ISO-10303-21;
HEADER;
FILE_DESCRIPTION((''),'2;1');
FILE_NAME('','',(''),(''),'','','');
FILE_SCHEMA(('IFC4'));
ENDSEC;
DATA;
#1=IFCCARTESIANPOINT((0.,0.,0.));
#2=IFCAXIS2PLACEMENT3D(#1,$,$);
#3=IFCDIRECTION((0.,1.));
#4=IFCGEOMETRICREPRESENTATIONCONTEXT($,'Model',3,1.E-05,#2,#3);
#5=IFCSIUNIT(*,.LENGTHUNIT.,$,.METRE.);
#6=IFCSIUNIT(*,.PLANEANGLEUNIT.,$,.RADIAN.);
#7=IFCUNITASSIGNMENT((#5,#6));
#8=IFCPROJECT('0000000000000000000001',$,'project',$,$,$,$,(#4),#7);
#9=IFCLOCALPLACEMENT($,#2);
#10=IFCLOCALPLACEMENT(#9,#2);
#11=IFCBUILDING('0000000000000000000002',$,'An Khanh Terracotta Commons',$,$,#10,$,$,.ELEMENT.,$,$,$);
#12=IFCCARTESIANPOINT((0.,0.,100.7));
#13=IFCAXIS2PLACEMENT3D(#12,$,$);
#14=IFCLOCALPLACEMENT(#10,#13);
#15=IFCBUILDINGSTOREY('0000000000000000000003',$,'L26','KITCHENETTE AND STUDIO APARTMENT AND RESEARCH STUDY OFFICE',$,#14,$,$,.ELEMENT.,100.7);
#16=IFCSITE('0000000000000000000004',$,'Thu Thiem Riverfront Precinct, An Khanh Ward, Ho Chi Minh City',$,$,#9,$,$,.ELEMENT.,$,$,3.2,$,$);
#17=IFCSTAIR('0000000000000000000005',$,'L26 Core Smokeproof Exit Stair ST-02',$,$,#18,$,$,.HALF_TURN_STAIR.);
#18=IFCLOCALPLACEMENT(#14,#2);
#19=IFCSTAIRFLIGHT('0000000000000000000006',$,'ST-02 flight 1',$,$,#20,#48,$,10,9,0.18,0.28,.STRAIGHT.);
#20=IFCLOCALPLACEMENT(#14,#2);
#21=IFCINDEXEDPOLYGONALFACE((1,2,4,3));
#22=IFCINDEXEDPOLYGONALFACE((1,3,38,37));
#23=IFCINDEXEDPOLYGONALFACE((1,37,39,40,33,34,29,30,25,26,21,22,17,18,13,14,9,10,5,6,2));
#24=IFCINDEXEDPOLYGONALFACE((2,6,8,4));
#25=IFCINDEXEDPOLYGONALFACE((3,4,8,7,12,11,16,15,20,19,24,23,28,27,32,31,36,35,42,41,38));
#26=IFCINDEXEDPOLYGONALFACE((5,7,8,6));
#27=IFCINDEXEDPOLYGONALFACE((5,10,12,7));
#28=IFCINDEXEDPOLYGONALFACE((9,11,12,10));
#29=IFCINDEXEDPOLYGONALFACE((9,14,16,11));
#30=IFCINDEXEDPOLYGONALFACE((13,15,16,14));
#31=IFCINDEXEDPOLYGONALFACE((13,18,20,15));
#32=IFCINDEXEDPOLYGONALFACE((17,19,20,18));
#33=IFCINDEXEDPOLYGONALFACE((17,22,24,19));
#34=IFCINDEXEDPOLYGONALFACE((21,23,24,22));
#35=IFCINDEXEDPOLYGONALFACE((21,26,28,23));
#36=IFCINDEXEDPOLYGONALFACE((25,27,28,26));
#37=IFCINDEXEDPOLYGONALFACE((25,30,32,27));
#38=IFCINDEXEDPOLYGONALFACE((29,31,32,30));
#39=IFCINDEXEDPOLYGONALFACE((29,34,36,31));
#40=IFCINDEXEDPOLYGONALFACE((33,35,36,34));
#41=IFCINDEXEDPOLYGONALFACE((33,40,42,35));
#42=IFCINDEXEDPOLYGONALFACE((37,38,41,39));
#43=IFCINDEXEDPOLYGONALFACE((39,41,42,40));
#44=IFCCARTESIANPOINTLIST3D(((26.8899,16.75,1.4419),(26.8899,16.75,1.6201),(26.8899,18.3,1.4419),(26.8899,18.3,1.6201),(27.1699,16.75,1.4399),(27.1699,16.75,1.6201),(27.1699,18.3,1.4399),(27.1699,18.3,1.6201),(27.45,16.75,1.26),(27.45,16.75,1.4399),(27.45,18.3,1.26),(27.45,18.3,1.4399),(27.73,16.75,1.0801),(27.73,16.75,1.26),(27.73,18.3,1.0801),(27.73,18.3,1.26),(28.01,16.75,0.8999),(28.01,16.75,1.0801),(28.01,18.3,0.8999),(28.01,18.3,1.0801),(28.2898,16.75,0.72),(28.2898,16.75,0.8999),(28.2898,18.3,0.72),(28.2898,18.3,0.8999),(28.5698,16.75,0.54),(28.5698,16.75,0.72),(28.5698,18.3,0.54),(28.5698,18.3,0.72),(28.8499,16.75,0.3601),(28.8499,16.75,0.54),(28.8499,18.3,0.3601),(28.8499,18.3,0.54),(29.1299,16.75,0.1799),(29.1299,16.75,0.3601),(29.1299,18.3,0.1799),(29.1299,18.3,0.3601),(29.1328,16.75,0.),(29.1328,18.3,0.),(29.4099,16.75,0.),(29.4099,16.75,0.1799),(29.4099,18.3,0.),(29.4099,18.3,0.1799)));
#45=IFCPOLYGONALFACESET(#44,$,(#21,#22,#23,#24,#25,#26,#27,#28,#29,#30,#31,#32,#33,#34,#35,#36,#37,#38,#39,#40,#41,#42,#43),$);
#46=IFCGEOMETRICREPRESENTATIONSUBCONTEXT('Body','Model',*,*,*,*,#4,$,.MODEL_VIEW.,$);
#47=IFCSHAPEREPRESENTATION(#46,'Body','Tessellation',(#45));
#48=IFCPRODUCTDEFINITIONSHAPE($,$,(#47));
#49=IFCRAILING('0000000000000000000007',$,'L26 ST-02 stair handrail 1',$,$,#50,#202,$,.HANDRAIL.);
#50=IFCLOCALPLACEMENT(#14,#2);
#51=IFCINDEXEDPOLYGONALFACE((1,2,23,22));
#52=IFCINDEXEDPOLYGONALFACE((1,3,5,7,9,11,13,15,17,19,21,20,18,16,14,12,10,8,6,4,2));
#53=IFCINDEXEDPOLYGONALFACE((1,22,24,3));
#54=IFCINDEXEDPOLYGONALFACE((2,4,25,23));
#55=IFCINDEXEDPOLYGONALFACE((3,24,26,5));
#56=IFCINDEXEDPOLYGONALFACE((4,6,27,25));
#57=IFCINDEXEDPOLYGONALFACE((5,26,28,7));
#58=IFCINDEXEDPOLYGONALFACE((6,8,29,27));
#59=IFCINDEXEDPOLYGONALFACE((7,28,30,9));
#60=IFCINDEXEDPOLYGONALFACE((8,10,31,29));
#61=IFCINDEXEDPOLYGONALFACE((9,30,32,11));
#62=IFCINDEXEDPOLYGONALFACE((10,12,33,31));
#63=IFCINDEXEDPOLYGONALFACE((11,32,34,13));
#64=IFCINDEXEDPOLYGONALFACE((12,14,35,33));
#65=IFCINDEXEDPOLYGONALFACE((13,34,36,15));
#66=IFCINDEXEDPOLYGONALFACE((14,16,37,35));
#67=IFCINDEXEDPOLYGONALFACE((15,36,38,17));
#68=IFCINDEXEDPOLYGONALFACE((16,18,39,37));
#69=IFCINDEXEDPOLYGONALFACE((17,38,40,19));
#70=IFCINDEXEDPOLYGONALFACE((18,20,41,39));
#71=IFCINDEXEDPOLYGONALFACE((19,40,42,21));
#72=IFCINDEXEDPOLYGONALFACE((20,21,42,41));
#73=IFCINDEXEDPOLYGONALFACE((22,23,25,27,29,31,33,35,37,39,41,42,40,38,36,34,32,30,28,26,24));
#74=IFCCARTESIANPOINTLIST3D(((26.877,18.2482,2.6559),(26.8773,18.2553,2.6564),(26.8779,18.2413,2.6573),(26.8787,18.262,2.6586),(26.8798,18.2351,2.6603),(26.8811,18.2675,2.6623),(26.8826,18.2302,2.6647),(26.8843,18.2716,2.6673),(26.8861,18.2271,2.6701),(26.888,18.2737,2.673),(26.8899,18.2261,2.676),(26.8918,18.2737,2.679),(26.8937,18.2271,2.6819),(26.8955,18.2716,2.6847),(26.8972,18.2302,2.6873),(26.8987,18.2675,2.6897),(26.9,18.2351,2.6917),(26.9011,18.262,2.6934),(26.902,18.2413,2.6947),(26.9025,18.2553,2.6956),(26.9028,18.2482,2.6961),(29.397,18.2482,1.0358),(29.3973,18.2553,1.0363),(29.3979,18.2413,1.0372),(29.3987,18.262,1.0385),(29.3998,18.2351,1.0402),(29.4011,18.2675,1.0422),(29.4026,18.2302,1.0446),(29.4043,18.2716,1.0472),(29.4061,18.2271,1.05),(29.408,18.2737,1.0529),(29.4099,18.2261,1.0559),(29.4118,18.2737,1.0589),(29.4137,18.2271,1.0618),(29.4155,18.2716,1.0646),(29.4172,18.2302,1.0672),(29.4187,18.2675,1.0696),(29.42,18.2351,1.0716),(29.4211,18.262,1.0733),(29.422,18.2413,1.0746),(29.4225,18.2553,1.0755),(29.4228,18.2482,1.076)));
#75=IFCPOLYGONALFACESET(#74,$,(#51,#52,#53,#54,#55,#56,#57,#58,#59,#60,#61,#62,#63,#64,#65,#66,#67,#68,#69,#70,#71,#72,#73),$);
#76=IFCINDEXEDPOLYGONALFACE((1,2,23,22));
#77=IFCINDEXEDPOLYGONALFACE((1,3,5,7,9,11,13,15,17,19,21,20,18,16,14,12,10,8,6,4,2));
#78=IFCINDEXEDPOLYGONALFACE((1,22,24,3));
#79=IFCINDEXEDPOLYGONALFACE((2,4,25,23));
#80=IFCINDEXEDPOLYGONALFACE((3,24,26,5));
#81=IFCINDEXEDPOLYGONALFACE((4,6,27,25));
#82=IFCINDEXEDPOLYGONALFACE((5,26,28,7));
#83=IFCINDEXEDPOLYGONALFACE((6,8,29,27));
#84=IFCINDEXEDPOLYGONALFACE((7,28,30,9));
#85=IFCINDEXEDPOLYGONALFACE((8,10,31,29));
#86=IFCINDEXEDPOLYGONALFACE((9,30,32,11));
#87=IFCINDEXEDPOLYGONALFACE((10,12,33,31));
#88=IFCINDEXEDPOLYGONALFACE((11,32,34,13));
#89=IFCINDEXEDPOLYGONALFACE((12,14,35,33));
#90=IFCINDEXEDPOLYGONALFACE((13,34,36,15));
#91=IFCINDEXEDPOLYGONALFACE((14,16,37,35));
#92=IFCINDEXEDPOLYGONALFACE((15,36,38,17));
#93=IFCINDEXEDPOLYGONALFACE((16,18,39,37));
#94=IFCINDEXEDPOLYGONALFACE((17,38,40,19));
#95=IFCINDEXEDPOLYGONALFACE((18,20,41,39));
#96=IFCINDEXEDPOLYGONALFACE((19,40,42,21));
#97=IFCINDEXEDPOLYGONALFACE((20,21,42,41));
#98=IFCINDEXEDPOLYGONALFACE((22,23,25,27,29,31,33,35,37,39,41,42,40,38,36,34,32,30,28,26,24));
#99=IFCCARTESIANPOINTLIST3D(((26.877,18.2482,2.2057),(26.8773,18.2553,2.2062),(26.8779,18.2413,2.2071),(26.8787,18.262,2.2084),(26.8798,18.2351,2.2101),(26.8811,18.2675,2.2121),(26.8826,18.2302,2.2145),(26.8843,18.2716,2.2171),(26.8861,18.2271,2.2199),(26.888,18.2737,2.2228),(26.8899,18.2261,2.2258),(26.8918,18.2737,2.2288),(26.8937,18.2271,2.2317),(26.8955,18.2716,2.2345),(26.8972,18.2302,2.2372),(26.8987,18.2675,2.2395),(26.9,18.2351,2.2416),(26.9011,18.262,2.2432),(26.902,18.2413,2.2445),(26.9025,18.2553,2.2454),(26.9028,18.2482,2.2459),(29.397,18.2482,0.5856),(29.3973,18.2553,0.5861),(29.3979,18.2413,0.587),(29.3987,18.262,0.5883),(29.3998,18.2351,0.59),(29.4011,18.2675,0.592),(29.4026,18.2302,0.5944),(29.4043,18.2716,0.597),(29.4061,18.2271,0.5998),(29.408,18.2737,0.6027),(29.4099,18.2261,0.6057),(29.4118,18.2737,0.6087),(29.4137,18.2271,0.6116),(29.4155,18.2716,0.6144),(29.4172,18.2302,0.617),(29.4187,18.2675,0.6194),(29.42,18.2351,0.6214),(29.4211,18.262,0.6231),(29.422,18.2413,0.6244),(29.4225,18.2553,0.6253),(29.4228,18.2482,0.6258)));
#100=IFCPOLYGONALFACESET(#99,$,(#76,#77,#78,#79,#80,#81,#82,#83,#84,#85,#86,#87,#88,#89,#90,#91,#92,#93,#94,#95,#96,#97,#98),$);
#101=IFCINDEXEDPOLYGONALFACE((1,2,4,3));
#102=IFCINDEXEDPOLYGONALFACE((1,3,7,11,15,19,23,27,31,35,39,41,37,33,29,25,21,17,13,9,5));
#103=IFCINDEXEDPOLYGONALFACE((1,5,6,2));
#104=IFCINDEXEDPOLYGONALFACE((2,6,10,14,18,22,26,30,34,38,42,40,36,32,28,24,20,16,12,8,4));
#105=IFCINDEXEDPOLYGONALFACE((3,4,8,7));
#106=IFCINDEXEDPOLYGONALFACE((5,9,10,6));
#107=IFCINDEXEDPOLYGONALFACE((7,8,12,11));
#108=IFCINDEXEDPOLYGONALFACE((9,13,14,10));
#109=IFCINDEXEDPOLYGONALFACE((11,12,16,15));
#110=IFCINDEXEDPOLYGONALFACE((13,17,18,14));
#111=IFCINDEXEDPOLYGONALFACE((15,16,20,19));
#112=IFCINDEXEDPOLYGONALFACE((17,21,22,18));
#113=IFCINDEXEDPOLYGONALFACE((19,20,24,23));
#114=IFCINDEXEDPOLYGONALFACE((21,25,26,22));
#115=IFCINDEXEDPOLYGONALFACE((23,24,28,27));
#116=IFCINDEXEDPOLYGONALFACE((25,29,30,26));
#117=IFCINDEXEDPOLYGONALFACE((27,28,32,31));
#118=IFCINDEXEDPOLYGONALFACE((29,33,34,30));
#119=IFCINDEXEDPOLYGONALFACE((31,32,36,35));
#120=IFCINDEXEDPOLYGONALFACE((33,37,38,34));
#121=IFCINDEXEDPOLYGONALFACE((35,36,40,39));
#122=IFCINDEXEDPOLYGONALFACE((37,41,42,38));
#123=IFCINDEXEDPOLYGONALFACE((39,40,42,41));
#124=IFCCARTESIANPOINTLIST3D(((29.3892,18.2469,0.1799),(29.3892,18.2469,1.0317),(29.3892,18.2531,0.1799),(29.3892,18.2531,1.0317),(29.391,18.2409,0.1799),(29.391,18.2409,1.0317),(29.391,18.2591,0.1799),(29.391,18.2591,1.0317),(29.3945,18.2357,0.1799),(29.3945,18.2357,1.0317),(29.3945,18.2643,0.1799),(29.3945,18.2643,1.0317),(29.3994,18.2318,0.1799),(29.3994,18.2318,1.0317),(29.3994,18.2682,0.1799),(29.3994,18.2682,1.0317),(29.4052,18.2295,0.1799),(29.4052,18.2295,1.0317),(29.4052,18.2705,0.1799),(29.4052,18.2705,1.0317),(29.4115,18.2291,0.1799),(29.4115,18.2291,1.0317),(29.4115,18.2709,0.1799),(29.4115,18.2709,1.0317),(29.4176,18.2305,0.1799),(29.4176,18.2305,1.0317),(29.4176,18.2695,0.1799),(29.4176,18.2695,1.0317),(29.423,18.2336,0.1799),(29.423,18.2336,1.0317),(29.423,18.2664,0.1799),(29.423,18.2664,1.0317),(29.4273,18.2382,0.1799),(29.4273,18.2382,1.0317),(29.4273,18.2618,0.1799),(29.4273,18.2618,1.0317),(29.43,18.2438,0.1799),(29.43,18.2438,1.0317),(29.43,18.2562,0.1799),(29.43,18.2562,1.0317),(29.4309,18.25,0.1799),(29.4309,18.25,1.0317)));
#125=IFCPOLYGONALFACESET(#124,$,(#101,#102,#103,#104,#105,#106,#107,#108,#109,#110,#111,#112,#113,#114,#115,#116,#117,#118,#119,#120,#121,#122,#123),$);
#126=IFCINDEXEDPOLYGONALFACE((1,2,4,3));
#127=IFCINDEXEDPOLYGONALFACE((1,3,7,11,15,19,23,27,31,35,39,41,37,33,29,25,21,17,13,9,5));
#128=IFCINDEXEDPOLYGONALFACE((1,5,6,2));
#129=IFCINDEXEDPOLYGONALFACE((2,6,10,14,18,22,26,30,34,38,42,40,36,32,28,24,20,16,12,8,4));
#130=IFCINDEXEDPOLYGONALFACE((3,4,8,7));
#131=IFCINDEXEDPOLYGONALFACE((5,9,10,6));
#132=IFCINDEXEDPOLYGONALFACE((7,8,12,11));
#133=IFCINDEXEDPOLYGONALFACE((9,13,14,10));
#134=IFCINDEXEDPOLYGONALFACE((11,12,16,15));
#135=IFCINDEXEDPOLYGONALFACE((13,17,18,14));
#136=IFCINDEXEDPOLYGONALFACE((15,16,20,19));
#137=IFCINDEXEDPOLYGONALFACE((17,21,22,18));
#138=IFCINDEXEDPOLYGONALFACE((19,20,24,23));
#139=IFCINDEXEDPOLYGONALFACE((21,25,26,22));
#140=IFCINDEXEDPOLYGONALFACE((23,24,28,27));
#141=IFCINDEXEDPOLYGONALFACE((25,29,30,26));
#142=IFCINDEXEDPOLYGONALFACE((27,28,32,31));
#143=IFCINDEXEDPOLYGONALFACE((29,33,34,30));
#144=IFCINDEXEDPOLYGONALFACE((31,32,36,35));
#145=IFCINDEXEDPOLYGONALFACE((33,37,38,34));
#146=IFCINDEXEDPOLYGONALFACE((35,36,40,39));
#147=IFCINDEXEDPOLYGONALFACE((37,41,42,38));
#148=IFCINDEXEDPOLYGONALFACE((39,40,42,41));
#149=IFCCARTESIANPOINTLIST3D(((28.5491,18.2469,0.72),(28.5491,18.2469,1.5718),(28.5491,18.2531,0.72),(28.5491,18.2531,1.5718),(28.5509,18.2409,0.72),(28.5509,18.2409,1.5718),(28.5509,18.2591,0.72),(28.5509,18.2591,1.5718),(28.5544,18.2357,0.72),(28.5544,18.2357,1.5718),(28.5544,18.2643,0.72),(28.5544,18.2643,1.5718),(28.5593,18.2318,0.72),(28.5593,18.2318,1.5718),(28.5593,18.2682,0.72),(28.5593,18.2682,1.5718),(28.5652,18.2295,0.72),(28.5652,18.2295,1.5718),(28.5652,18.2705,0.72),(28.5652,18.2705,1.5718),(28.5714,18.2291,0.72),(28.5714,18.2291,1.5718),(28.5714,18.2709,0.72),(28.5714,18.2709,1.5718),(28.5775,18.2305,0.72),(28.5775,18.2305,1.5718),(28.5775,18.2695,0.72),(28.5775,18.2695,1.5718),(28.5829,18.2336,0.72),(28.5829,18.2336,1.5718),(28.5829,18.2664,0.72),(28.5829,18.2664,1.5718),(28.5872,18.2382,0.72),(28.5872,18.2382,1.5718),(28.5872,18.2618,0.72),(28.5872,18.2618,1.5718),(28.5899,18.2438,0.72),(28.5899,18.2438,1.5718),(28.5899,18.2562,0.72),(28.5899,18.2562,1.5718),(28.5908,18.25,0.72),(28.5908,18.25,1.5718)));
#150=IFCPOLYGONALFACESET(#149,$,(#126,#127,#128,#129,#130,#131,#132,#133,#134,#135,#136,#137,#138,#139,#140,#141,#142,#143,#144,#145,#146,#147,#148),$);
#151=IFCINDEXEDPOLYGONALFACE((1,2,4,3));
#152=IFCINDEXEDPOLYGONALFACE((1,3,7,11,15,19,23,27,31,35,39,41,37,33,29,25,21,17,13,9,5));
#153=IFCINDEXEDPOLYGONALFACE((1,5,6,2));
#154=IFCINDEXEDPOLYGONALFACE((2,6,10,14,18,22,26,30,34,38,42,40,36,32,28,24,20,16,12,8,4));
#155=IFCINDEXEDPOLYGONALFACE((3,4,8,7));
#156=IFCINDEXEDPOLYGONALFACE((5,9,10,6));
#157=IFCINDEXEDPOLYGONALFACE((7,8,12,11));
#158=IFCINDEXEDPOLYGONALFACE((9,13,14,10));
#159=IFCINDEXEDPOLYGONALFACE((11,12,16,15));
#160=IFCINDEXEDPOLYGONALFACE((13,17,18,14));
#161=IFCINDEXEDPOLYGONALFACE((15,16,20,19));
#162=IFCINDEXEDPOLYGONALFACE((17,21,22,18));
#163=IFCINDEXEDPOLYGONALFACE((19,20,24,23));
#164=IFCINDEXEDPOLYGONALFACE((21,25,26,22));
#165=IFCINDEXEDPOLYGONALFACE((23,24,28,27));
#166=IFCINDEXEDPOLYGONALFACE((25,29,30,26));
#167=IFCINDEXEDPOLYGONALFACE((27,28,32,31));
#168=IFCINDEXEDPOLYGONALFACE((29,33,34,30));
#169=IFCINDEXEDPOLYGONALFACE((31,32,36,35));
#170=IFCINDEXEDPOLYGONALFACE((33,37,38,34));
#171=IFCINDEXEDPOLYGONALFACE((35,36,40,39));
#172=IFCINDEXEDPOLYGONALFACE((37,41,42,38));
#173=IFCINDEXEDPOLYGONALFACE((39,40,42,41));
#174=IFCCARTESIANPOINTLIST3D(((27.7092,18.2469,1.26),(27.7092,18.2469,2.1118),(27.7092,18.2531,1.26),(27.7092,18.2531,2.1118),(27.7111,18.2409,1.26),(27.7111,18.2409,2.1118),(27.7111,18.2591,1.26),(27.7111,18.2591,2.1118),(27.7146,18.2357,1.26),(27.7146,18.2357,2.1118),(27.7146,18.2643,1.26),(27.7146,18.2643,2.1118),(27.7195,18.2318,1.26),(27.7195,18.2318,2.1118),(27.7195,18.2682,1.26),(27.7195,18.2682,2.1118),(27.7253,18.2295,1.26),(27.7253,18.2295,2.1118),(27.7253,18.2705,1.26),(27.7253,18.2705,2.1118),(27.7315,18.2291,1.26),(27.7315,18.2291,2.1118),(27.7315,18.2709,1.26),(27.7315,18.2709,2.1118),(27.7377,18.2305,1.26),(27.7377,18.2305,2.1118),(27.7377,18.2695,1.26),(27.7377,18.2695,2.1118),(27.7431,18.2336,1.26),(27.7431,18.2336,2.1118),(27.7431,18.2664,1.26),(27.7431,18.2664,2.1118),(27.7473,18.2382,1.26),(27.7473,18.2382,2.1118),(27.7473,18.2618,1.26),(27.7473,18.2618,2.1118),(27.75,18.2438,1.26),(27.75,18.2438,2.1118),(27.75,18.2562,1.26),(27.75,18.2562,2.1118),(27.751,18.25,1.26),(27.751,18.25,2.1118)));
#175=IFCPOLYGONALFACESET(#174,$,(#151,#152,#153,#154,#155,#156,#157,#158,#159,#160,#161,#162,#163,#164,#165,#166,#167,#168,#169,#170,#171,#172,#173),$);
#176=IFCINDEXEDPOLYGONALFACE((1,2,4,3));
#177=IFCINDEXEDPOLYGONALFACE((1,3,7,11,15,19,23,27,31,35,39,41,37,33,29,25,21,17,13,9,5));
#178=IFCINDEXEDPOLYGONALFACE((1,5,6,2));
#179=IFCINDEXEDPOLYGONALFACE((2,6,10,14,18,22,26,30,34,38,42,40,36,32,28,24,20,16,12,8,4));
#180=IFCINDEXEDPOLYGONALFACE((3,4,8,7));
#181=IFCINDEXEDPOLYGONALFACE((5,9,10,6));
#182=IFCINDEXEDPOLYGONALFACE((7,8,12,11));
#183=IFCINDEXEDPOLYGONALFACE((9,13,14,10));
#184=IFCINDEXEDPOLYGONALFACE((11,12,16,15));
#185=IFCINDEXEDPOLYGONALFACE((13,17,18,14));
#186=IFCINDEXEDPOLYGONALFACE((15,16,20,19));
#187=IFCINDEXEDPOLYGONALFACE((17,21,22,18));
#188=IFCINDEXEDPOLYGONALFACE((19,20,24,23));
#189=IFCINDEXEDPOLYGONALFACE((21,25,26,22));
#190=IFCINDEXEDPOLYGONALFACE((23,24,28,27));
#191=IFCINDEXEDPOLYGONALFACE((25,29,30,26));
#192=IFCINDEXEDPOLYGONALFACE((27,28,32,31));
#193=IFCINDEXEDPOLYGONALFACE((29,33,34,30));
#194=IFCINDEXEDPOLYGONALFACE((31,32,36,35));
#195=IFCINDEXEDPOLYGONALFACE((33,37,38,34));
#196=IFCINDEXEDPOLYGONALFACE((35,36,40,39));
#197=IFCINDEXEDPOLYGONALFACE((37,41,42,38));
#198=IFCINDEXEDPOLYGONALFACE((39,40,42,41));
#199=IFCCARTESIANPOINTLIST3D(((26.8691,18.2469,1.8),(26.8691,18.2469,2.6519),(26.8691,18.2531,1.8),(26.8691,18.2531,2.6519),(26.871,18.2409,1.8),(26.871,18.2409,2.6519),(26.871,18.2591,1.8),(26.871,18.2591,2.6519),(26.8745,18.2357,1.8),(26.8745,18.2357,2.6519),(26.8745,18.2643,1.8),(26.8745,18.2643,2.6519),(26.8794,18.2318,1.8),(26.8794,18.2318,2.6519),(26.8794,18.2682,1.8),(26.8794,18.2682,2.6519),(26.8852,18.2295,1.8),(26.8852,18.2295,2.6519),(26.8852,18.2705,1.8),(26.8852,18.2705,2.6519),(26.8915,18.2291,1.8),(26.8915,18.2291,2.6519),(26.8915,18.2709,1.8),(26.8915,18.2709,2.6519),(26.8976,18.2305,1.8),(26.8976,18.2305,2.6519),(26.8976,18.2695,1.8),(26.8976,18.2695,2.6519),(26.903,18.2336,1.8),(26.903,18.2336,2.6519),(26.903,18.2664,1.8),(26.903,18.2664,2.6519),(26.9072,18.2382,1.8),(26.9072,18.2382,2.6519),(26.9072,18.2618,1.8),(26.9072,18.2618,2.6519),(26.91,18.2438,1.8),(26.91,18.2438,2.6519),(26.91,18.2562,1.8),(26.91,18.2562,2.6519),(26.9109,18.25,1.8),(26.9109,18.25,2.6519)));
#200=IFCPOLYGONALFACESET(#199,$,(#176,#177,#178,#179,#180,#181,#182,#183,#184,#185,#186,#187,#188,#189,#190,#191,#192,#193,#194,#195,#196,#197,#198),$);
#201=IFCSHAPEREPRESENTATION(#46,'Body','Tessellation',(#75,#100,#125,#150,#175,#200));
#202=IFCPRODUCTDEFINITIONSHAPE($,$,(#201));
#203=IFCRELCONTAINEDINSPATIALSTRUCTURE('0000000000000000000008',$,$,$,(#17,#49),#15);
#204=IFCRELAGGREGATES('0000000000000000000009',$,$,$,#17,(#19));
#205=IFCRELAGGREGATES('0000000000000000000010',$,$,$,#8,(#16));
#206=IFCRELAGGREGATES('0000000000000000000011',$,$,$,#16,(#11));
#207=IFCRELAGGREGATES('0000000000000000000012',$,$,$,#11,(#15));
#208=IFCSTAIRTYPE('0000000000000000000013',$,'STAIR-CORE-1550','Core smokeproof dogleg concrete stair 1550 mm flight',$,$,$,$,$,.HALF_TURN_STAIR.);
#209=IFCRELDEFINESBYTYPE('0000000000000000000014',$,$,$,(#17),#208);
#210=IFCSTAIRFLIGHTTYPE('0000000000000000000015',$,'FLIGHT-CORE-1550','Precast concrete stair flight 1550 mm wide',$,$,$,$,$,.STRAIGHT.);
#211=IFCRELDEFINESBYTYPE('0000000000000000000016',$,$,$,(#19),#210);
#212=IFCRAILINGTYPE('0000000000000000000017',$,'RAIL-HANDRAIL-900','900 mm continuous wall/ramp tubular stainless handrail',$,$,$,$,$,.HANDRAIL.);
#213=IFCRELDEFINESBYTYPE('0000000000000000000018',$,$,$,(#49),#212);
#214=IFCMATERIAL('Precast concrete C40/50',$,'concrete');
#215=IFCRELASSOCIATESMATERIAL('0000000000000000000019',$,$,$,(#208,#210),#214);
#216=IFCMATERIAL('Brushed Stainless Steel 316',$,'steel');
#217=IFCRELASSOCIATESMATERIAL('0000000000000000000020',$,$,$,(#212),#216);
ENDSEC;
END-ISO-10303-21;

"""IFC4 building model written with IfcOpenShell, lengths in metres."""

from ifc_helpers import new_model, si_unit, direction, frame, origin, origin_2d, place, context, subcontext, project, spatial, polyline, circle, outline, extrude, material, type_object, element, aggregate, save


model = new_model("IFC4")

# Units and contexts
model_context = context("Model", 3, precision=1e-05, world=origin(), true_north=direction((0.0, 1.0)))
body_context = subcontext(model_context, "Body", "Model", "MODEL_VIEW")
ifc_project = project(units=[si_unit("LENGTHUNIT", "METRE"), si_unit("PLANEANGLEUNIT", "RADIAN")], contexts=[model_context])

# Site, building, storey
site_placement = place(None, origin())
site = spatial("IfcSite", under=ifc_project, at=site_placement, Name="Thu Thiem Riverfront Precinct, An Khanh Ward, Ho Chi Minh City", CompositionType="ELEMENT", RefElevation=3.2)
building_placement = place(site_placement, origin())
building = spatial("IfcBuilding", under=site, at=building_placement, Name="An Khanh Terracotta Commons", CompositionType="ELEMENT")
storey_placement = place(building_placement, frame((0.0, 0.0, 100.7)))
storey = spatial("IfcBuildingStorey", under=building, at=storey_placement, Name="L26", Description="KITCHENETTE AND STUDIO APARTMENT AND RESEARCH STUDY OFFICE", CompositionType="ELEMENT", Elevation=100.7)

# Stair, stair flight
ifc_material_1 = material(Name="Precast concrete C40/50", Category="concrete")
stair_type = type_object("IfcStairType", Name="STAIR-CORE-1550", Description="Core smokeproof dogleg concrete stair 1550 mm flight", PredefinedType="HALF_TURN_STAIR", material=ifc_material_1)
stair_placement = place(storey_placement, origin())
stair = element("IfcStair", 1, at=stair_placement, inside=storey, type_object=stair_type, Name="L26 Core Smokeproof Exit Stair ST-02", PredefinedType="HALF_TURN_STAIR")
stair_flight_type = type_object("IfcStairFlightType", Name="FLIGHT-CORE-1550", Description="Precast concrete stair flight 1550 mm wide", PredefinedType="STRAIGHT", material=ifc_material_1)
stair_flight_placement = place(storey_placement, frame((29.4099, 17.5249, 0.0), z_axis=(0.0, 0.0, 1.0), x_axis=(-1.0, 0.0, 0.0)))
stair_flight = element("IfcStairFlight", 2, at=stair_flight_placement, type_object=stair_flight_type, Name="ST-02 flight 1", NumberOfRisers=10, NumberOfTreads=9, PredefinedType="STRAIGHT", RiserHeight=0.18, TreadLength=0.28, context=body_context, shape_type="SweptSolid", body=[
    extrude(outline(polyline([(0.0, 0.0), (0.0, 0.1799), (0.28, 0.1799), (0.28, 0.3601), (0.5601, 0.3601), (0.5601, 0.54), (0.8401, 0.54), (0.8401, 0.72), (1.1201, 0.72), (1.1201, 0.8999), (1.3999, 0.8999), (1.3999, 1.0801), (1.6799, 1.0801), (1.6799, 1.26), (1.96, 1.26), (1.96, 1.4399), (2.24, 1.4399), (2.24, 1.6201), (2.52, 1.6201), (2.52, 1.8), (2.52, 1.4419), (0.2771, 0.0), (0.0, 0.0)])), frame((0.0, 0.7749, 0.0), z_axis=(0.0, -1.0, 0.0), x_axis=(1.0, 0.0, 0.0)), (0.0, 0.0, 1.0), 1.55),
])
aggregate(stair, [stair_flight])

# Railing
ifc_material_2 = material(Name="Brushed Stainless Steel 316", Category="steel")
railing_type = type_object("IfcRailingType", Name="RAIL-HANDRAIL-900", Description="900 mm continuous wall/ramp tubular stainless handrail", PredefinedType="HANDRAIL", material=ifc_material_2)
railing_placement = place(storey_placement, frame((29.4099, 18.25, 0.1799)))
element("IfcRailing", 3, at=railing_placement, inside=storey, type_object=railing_type, Name="L26 ST-02 stair handrail 1", PredefinedType="HANDRAIL", context=body_context, shape_type="SweptSolid", body=[
    extrude(circle(Radius=0.0239, at=origin_2d()), frame((0.0, 0.0, 0.876), z_axis=(-0.841163, 0.0, 0.540782), x_axis=(0.0, -1.0, 0.0)), (0.0, 0.0, 1.0), 2.9958),
    extrude(circle(Radius=0.0239, at=origin_2d()), frame((0.0, 0.0, 0.4258), z_axis=(-0.841163, 0.0, 0.540782), x_axis=(0.0, -1.0, 0.0)), (0.0, 0.0, 1.0), 2.9958),
    extrude(circle(Radius=0.021, at=origin_2d()), origin(), (0.0, 0.0, 1.0), 0.8518),
    extrude(circle(Radius=0.021, at=origin_2d()), frame((-0.8401, 0.0, 0.54)), (0.0, 0.0, 1.0), 0.8518),
    extrude(circle(Radius=0.021, at=origin_2d()), frame((-1.6799, 0.0, 1.0801)), (0.0, 0.0, 1.0), 0.8518),
    extrude(circle(Radius=0.021, at=origin_2d()), frame((-2.52, 0.0, 1.6201)), (0.0, 0.0, 1.0), 0.8518),
])

save(model, "model.ifc")
